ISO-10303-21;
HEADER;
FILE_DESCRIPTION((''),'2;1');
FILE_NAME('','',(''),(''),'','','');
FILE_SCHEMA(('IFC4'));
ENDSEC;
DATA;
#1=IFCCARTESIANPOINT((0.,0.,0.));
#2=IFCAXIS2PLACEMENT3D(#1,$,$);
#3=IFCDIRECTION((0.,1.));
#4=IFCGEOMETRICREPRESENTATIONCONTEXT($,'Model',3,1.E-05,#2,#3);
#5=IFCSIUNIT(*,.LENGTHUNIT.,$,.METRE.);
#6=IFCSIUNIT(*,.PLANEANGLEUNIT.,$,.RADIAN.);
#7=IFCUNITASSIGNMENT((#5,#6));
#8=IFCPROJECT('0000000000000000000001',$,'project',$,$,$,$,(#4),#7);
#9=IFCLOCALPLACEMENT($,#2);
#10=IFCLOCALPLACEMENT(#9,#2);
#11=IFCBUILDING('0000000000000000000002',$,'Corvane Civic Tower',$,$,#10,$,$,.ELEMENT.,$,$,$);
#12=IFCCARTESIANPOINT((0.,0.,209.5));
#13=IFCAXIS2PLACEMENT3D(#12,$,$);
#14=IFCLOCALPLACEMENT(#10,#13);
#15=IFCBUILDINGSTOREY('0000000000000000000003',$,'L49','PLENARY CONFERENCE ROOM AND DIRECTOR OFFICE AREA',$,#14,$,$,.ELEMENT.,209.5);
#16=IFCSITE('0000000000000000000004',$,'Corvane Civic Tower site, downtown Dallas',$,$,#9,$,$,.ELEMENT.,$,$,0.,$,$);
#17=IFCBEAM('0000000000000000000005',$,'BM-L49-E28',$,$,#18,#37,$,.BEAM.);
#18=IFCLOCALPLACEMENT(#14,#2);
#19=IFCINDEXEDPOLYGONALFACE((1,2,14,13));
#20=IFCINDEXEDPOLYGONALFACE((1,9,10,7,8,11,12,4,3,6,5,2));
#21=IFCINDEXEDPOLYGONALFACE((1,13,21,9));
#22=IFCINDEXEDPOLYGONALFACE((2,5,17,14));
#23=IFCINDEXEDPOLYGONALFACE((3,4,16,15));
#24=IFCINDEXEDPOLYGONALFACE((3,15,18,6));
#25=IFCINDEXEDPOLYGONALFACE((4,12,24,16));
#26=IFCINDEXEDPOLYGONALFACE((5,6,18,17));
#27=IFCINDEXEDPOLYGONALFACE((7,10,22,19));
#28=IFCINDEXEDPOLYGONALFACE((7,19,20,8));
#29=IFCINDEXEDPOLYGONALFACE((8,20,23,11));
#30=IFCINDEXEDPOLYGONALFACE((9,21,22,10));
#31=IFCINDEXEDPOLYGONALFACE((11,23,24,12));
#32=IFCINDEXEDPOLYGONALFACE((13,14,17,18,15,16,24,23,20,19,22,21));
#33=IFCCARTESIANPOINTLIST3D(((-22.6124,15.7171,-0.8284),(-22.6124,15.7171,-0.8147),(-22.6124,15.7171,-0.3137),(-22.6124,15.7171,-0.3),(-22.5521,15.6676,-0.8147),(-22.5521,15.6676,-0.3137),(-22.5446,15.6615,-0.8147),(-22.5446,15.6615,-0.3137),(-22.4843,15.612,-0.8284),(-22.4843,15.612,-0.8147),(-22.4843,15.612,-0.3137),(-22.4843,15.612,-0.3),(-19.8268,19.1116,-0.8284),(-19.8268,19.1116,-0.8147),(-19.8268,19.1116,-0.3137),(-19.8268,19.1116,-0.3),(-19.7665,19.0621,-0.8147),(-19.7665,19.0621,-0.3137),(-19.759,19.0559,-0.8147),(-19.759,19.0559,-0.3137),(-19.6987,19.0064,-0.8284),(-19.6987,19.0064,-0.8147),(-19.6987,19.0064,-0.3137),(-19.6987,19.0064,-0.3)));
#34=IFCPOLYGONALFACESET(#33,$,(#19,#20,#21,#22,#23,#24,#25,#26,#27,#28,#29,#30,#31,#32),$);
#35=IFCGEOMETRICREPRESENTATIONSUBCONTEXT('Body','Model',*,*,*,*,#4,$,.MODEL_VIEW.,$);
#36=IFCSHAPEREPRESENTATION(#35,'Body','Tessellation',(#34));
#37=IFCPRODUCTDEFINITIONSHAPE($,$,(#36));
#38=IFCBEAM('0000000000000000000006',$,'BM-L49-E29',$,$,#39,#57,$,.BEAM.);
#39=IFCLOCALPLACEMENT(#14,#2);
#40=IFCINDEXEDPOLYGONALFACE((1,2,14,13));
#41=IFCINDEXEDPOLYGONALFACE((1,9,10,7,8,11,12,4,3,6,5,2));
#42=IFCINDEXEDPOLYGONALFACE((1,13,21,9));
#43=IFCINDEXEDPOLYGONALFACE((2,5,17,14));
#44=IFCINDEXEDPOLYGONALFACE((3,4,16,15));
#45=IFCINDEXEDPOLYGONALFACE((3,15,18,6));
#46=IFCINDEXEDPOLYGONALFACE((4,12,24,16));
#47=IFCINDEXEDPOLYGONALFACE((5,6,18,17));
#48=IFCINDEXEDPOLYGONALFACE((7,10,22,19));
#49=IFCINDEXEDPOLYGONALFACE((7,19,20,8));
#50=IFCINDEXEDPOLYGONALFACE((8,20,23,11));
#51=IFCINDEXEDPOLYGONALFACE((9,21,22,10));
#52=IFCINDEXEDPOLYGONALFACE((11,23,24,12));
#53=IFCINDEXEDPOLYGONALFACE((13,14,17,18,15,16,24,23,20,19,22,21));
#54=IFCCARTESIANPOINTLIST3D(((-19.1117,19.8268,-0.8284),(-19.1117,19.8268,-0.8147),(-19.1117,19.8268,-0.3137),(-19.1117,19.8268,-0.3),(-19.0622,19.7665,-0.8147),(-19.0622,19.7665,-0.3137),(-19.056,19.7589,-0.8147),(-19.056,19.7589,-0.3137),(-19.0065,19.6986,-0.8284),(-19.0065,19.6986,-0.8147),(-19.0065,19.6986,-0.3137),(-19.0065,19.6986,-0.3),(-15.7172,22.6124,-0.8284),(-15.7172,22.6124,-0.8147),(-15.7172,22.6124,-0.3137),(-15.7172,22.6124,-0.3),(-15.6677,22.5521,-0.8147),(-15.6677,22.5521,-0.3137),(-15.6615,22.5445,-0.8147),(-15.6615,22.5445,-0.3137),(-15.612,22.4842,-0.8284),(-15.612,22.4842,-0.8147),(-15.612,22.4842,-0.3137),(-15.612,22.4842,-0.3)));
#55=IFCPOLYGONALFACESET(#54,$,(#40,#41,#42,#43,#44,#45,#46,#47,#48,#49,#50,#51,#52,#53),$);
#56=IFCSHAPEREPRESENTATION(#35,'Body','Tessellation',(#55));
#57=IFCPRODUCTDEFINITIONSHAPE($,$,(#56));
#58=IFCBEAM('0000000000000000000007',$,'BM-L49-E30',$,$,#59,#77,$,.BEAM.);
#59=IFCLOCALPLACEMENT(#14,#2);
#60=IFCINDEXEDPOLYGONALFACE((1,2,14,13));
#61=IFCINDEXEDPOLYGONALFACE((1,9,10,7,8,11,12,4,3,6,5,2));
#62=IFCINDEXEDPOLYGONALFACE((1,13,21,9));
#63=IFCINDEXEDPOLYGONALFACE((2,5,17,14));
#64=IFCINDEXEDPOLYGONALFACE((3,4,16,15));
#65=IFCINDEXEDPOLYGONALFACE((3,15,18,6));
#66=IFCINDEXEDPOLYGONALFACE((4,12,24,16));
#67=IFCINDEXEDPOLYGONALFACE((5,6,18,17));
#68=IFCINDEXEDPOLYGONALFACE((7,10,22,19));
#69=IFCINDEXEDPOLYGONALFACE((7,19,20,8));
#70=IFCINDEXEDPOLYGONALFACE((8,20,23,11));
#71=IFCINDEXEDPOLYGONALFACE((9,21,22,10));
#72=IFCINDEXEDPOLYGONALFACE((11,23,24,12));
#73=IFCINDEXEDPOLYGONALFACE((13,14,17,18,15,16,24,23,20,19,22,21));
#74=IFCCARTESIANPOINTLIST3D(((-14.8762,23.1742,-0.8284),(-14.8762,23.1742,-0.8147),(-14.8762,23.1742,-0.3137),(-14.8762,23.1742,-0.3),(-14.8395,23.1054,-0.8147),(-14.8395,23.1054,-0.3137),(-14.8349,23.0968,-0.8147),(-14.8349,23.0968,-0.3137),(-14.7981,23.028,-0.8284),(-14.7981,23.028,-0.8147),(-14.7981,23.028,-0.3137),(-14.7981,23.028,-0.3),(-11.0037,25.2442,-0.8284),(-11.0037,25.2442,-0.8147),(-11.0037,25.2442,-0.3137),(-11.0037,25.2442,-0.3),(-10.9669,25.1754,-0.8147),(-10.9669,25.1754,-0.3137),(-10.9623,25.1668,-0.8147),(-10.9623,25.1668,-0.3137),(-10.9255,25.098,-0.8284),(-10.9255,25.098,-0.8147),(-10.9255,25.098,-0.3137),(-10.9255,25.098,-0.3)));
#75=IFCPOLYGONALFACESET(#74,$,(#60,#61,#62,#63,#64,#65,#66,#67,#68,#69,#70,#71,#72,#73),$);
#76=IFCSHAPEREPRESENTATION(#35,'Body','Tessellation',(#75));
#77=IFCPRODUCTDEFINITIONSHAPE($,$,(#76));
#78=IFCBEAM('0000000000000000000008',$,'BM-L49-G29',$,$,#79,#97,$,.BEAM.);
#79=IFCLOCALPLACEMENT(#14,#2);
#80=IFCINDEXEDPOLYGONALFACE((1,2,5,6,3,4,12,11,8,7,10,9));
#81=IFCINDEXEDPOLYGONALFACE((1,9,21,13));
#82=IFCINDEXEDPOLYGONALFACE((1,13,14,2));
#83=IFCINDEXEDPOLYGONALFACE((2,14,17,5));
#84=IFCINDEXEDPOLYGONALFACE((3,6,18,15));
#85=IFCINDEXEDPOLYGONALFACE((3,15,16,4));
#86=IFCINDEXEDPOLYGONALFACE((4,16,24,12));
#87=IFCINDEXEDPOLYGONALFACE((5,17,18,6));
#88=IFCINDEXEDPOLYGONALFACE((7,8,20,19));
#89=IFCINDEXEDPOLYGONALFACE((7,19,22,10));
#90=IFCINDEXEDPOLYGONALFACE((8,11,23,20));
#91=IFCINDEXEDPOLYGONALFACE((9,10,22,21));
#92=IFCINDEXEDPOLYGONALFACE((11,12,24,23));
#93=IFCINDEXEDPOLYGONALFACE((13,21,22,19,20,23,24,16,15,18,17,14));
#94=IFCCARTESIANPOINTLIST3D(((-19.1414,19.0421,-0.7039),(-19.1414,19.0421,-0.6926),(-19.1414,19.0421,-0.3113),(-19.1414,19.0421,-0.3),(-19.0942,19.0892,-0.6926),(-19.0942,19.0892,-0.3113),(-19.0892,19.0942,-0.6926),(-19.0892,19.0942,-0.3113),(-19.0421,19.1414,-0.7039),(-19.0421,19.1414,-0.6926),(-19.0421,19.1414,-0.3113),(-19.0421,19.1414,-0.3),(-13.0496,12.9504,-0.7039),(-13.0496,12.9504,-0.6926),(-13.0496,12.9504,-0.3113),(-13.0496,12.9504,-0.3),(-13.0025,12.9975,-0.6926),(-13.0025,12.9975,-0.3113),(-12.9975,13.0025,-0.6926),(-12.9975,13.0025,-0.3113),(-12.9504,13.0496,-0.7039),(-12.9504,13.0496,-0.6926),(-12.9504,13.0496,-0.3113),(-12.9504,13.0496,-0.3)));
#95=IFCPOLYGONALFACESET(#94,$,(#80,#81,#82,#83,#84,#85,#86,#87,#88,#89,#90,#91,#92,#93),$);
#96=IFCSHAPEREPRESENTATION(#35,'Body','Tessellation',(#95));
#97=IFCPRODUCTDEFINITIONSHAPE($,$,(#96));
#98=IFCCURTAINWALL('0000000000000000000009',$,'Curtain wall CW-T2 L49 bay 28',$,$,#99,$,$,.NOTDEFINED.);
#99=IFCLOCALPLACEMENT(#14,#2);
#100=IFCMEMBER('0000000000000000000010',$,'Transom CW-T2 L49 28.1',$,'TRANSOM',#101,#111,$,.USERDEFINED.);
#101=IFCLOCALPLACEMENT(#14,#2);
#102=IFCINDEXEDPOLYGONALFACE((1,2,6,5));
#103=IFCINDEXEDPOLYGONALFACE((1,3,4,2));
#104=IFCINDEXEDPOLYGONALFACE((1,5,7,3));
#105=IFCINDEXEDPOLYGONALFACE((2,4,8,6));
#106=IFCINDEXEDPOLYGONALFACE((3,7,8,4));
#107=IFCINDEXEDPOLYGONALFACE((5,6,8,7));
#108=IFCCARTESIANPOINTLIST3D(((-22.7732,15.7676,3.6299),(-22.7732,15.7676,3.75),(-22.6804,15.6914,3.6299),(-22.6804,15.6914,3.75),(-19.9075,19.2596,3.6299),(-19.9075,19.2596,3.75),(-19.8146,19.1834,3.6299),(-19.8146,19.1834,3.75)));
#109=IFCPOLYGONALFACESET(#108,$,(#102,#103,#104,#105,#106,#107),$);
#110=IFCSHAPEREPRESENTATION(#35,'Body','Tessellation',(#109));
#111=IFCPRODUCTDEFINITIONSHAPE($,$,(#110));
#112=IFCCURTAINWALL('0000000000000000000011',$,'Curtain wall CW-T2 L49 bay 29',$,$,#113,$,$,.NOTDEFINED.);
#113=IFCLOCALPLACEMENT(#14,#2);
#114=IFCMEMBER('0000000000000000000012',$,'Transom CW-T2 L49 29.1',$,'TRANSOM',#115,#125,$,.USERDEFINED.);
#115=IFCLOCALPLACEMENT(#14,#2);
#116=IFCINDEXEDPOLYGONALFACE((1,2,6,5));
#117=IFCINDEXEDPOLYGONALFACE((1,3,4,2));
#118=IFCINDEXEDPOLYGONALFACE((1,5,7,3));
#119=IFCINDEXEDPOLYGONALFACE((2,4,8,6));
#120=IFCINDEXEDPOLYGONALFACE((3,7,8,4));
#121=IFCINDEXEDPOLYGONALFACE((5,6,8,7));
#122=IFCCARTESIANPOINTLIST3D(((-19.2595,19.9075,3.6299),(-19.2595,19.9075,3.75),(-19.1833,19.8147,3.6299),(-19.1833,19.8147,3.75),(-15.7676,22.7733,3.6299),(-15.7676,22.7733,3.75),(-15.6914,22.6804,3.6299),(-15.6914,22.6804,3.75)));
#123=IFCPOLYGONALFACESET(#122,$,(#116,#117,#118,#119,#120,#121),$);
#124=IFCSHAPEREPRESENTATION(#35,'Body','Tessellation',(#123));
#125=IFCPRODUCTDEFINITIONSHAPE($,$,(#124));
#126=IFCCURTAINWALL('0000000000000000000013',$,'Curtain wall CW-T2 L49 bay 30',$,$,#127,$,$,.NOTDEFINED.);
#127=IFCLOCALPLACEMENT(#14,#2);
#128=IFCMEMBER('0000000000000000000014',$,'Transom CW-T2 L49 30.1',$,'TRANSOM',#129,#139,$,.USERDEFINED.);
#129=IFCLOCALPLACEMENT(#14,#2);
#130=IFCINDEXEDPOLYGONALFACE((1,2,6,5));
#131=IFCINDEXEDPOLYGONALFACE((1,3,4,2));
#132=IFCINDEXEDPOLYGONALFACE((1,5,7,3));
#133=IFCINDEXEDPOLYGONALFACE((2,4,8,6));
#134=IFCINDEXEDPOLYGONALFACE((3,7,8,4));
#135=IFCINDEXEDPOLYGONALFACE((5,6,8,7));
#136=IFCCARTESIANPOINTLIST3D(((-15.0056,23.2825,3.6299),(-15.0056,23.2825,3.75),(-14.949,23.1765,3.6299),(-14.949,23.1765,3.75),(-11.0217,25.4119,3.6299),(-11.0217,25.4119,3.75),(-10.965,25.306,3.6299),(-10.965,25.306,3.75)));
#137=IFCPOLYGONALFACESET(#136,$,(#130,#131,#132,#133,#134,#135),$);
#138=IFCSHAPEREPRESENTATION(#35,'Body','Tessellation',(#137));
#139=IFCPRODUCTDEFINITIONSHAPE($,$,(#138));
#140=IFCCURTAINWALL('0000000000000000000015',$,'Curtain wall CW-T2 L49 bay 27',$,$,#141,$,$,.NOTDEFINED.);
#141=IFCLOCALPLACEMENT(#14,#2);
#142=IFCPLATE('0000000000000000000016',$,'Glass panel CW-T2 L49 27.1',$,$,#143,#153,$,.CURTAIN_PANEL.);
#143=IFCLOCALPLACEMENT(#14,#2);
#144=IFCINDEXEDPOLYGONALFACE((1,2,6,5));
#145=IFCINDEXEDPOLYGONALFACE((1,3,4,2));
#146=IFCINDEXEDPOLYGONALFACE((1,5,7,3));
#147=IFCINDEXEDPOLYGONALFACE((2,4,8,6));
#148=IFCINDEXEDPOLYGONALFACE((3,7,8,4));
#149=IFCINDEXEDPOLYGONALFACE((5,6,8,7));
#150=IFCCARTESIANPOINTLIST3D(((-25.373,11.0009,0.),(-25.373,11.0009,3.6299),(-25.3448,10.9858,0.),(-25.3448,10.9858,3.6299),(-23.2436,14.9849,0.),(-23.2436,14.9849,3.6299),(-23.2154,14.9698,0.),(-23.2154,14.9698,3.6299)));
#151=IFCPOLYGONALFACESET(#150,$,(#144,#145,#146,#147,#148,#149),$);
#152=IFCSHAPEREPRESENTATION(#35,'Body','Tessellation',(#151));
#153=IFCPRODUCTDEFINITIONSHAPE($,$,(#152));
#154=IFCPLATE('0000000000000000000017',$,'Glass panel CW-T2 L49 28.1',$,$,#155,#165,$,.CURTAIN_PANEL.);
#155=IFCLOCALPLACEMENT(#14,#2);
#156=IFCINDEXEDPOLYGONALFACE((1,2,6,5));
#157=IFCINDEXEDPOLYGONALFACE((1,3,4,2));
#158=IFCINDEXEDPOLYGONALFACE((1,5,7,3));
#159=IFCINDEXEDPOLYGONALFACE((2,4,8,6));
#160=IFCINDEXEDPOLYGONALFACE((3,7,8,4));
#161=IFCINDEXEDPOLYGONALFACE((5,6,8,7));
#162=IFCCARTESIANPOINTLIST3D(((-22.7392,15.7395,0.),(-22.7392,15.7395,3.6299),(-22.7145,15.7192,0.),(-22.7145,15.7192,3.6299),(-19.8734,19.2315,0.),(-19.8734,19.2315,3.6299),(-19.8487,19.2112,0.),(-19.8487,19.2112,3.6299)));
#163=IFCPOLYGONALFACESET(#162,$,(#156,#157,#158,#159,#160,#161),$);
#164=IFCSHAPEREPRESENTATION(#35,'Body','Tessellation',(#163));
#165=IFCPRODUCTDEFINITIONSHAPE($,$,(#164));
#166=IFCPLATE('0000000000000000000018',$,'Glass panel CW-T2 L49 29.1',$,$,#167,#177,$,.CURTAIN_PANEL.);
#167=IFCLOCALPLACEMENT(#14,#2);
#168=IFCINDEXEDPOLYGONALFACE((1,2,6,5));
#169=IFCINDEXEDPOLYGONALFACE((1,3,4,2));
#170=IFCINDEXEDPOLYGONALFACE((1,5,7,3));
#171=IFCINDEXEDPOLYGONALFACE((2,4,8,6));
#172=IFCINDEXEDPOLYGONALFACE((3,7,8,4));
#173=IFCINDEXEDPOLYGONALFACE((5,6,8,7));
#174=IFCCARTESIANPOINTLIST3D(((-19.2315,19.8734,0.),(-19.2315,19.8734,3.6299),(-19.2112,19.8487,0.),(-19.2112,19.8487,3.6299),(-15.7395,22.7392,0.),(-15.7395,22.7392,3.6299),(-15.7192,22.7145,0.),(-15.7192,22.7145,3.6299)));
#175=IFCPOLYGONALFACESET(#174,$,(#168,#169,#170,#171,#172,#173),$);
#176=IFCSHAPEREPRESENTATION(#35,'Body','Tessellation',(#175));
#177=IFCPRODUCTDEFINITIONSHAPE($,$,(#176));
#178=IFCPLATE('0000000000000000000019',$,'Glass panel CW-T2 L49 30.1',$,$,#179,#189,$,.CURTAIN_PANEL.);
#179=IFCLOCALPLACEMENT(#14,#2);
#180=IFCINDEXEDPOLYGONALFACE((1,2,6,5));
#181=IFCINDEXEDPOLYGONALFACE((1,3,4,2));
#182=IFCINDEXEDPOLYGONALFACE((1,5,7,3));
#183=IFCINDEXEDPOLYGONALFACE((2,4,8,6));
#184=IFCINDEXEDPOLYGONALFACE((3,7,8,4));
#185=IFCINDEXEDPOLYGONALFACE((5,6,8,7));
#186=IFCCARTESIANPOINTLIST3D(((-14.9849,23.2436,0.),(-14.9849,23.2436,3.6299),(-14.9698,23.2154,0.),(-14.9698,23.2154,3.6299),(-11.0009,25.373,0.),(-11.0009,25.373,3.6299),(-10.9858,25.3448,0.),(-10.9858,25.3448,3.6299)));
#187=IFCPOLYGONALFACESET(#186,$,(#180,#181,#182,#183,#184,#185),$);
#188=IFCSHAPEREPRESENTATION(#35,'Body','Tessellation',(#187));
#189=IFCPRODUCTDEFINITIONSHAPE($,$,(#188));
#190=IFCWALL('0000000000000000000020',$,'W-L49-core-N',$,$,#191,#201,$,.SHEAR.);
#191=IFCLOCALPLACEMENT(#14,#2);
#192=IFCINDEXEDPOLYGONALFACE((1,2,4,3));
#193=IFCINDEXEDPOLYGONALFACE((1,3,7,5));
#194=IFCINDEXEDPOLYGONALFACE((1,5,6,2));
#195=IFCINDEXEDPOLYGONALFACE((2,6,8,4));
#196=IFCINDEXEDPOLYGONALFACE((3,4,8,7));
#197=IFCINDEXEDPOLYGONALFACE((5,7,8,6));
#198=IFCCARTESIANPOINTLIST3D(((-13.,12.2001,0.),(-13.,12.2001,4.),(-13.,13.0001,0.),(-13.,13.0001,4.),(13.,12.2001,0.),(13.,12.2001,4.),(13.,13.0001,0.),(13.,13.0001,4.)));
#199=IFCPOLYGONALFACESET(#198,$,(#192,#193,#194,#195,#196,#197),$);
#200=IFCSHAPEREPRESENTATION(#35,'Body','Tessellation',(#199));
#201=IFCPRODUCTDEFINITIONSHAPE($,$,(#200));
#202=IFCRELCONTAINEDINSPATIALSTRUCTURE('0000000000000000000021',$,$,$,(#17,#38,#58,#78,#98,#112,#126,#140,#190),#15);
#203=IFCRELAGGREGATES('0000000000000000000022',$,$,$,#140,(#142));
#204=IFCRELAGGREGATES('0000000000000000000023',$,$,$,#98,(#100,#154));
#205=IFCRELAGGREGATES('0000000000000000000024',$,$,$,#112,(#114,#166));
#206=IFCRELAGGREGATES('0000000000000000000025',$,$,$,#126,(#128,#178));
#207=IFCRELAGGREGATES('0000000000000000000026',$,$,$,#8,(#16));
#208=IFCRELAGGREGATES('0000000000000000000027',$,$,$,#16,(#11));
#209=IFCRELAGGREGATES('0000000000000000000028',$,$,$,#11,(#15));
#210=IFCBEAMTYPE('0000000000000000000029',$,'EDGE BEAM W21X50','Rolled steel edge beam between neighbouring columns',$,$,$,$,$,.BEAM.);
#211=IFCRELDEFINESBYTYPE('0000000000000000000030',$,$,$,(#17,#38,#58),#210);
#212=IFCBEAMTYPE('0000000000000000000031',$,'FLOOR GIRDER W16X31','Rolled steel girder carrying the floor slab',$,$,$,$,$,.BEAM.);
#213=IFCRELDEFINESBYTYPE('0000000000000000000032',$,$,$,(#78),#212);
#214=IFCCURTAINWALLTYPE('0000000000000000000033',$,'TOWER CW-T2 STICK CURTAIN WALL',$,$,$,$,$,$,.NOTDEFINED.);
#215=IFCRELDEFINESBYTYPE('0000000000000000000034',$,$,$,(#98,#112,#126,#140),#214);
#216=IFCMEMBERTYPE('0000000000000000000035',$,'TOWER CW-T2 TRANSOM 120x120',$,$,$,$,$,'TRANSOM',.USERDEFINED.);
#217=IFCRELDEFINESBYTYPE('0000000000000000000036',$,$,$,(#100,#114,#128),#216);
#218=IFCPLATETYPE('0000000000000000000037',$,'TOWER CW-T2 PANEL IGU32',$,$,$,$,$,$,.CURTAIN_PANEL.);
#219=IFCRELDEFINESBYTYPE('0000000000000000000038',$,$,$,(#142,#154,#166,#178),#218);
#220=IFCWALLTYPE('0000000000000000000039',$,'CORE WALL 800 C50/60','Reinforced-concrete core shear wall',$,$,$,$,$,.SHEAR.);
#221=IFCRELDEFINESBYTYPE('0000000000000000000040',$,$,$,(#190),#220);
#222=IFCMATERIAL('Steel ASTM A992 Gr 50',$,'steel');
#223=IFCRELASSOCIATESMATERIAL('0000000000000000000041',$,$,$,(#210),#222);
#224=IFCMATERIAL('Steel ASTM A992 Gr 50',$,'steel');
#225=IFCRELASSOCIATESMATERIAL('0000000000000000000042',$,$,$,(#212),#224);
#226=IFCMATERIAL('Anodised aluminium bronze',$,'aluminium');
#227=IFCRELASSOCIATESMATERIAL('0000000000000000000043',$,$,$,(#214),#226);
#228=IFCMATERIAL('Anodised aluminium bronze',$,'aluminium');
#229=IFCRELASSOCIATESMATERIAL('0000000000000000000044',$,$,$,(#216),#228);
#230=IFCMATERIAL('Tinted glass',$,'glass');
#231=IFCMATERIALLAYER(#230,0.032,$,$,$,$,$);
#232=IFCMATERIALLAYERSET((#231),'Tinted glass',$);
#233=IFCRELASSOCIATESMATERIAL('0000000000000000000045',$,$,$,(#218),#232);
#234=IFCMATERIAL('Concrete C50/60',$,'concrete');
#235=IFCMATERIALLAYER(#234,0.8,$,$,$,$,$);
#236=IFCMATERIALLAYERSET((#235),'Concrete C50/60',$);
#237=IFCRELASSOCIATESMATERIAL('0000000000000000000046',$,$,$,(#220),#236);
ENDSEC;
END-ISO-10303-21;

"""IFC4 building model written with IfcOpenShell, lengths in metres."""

from ifc_helpers import new_model, si_unit, direction, frame, frame_2d, origin, origin_2d, place, context, subcontext, project, spatial, rectangle, i_section, extrude, material, layer, layer_set, material_profile, profile_set, type_object, element, aggregate, save


model = new_model("IFC4")

# Units and contexts
model_context = context("Model", 3, precision=1e-05, world=origin(), true_north=direction((0.0, 1.0)))
body_context = subcontext(model_context, "Body", "Model", "MODEL_VIEW")
ifc_project = project(units=[si_unit("LENGTHUNIT", "METRE"), si_unit("PLANEANGLEUNIT", "RADIAN")], contexts=[model_context])

# Site, building, storey
site_placement = place(None, origin())
site = spatial("IfcSite", under=ifc_project, at=site_placement, Name="Corvane Civic Tower site, downtown Dallas", CompositionType="ELEMENT", RefElevation=0.0)
building_placement = place(site_placement, origin())
building = spatial("IfcBuilding", under=site, at=building_placement, Name="Corvane Civic Tower", CompositionType="ELEMENT")
storey_placement = place(building_placement, frame((0.0, 0.0, 209.5)))
storey = spatial("IfcBuildingStorey", under=building, at=storey_placement, Name="L49", Description="PLENARY CONFERENCE ROOM AND DIRECTOR OFFICE AREA", CompositionType="ELEMENT", Elevation=209.5)

# Beams
ifc_material_1 = material(Name="Steel ASTM A992 Gr 50", Category="steel")
ifc_material_profile_1 = material_profile(ifc_material_1, i_section(OverallWidth=0.1658, OverallDepth=0.5283, WebThickness=0.0098, FlangeThickness=0.0137, at=origin_2d()), Name="W21X50")
ifc_profile_set_1 = profile_set([ifc_material_profile_1], Name="Steel ASTM A992 Gr 50")
beam_type_1 = type_object("IfcBeamType", Name="EDGE BEAM W21X50", Description="Rolled steel edge beam between neighbouring columns", PredefinedType="BEAM", material=ifc_profile_set_1)
for number, where, z_axis, x_axis, name in (
    (1, (-22.5483, 15.6646, -0.5642), (0.634369, 0.77303, 0.0), (-0.77303, 0.634369, 0.0), "BM-L49-E28"),
    (2, (-19.0591, 19.7627, -0.5642), (0.77303, 0.634369, 0.0), (-0.634369, 0.77303, 0.0), "BM-L49-E29"),
    (3, (-14.8372, 23.1011, -0.5642), (0.881908, 0.471422, 0.0), (-0.471422, 0.881908, 0.0), "BM-L49-E30"),
):
    element("IfcBeam", number, at=place(storey_placement, frame(where, z_axis=z_axis, x_axis=x_axis)), inside=storey, type_object=beam_type_1, Name=name, PredefinedType="BEAM", context=body_context, shape_type="SweptSolid", body=[
        extrude(i_section(OverallWidth=0.1658, OverallDepth=0.5283, WebThickness=0.0098, FlangeThickness=0.0137, at=origin_2d()), origin(), (0.0, 0.0, 1.0), 4.3911),
    ])
ifc_material_2 = material(Name="Steel ASTM A992 Gr 50", Category="steel")
ifc_material_profile_2 = material_profile(ifc_material_2, i_section(OverallWidth=0.1404, OverallDepth=0.4038, WebThickness=0.0071, FlangeThickness=0.0112, at=origin_2d()), Name="W16X31")
ifc_profile_set_2 = profile_set([ifc_material_profile_2], Name="Steel ASTM A992 Gr 50")
beam_type_2 = type_object("IfcBeamType", Name="FLOOR GIRDER W16X31", Description="Rolled steel girder carrying the floor slab", PredefinedType="BEAM", material=ifc_profile_set_2)
beam_placement = place(storey_placement, frame((-13.0, 13.0, -0.502), z_axis=(-0.707107, 0.707107, 0.0), x_axis=(-0.707107, -0.707107, 0.0)))
element("IfcBeam", 4, at=beam_placement, inside=storey, type_object=beam_type_2, Name="BM-L49-G29", PredefinedType="BEAM", context=body_context, shape_type="SweptSolid", body=[
    extrude(i_section(OverallWidth=0.1404, OverallDepth=0.4038, WebThickness=0.0071, FlangeThickness=0.0112, at=origin_2d()), origin(), (0.0, 0.0, 1.0), 8.615),
])

# Curtain walls, members
ifc_material_3 = material(Name="Anodised aluminium bronze", Category="aluminium")
curtain_wall_type = type_object("IfcCurtainWallType", Name="TOWER CW-T2 STICK CURTAIN WALL", PredefinedType="NOTDEFINED", material=ifc_material_3)
curtain_wall_1_placement = place(storey_placement, origin())
curtain_wall_1 = element("IfcCurtainWall", 5, at=curtain_wall_1_placement, inside=storey, type_object=curtain_wall_type, Name="Curtain wall CW-T2 L49 bay 28", PredefinedType="NOTDEFINED")
ifc_material_4 = material(Name="Anodised aluminium bronze", Category="aluminium")
ifc_material_profile_3 = material_profile(ifc_material_4, rectangle(XDim=0.1201, YDim=0.1201, at=origin_2d()), Name="TOWER CW-T2 TRANSOM 120x120")
ifc_profile_set_3 = profile_set([ifc_material_profile_3], Name="Anodised aluminium bronze")
member_type = type_object("IfcMemberType", Name="TOWER CW-T2 TRANSOM 120x120", ElementType="TRANSOM", PredefinedType="USERDEFINED", material=ifc_profile_set_3)
member_1_placement = place(storey_placement, frame((-22.7268, 15.7295, 3.6899), z_axis=(0.634388, 0.773015, 0.0), x_axis=(-0.773015, 0.634388, 0.0)))
member_1 = element("IfcMember", 6, at=member_1_placement, type_object=member_type, Name="Transom CW-T2 L49 28.1", ObjectType="TRANSOM", PredefinedType="USERDEFINED", context=body_context, shape_type="SweptSolid", body=[
    extrude(rectangle(XDim=0.1201, YDim=0.1201, at=origin_2d()), origin(), (0.0, 0.0, 1.0), 4.5173),
])
curtain_wall_2_placement = place(storey_placement, origin())
curtain_wall_2 = element("IfcCurtainWall", 7, at=curtain_wall_2_placement, inside=storey, type_object=curtain_wall_type, Name="Curtain wall CW-T2 L49 bay 29", PredefinedType="NOTDEFINED")
member_2_placement = place(storey_placement, frame((-19.2214, 19.8611, 3.6899), z_axis=(0.773015, 0.634388, 0.0), x_axis=(-0.634388, 0.773015, 0.0)))
member_2 = element("IfcMember", 8, at=member_2_placement, type_object=member_type, Name="Transom CW-T2 L49 29.1", ObjectType="TRANSOM", PredefinedType="USERDEFINED", context=body_context, shape_type="SweptSolid", body=[
    extrude(rectangle(XDim=0.1201, YDim=0.1201, at=origin_2d()), origin(), (0.0, 0.0, 1.0), 4.5173),
])
curtain_wall_3_placement = place(storey_placement, origin())
curtain_wall_3 = element("IfcCurtainWall", 9, at=curtain_wall_3_placement, inside=storey, type_object=curtain_wall_type, Name="Curtain wall CW-T2 L49 bay 30", PredefinedType="NOTDEFINED")
member_3_placement = place(storey_placement, frame((-14.9773, 23.2295, 3.6899), z_axis=(0.881925, 0.47139, 0.0), x_axis=(-0.47139, 0.881925, 0.0)))
member_3 = element("IfcMember", 10, at=member_3_placement, type_object=member_type, Name="Transom CW-T2 L49 30.1", ObjectType="TRANSOM", PredefinedType="USERDEFINED", context=body_context, shape_type="SweptSolid", body=[
    extrude(rectangle(XDim=0.1201, YDim=0.1201, at=origin_2d()), origin(), (0.0, 0.0, 1.0), 4.5173),
])

# Curtain wall, plate
curtain_wall_4_placement = place(storey_placement, origin())
curtain_wall_4 = element("IfcCurtainWall", 11, at=curtain_wall_4_placement, inside=storey, type_object=curtain_wall_type, Name="Curtain wall CW-T2 L49 bay 27", PredefinedType="NOTDEFINED")
ifc_material_5 = material(Name="Tinted glass", Category="glass")
ifc_layer_1 = layer(ifc_material_5, 0.032)
ifc_layer_set_1 = layer_set([ifc_layer_1], Name="Tinted glass")
plate_type = type_object("IfcPlateType", Name="TOWER CW-T2 PANEL IGU32", PredefinedType="CURTAIN_PANEL", material=ifc_layer_set_1)
plate_1_placement = place(storey_placement, frame((-24.2942, 12.9854, 0.0), z_axis=(0.0, 0.0, 1.0), x_axis=(0.471398, 0.88192, 0.0)))
plate_1 = element("IfcPlate", 12, at=plate_1_placement, type_object=plate_type, Name="Glass panel CW-T2 L49 27.1", PredefinedType="CURTAIN_PANEL", context=body_context, shape_type="SweptSolid", body=[
    extrude(rectangle(XDim=4.5173, YDim=0.032, at=origin_2d()), origin(), (0.0, 0.0, 1.0), 3.6299),
])
aggregate(curtain_wall_4, [plate_1])

# Plates
plate_2_placement = place(storey_placement, frame((-21.2939, 17.4753, 0.0), z_axis=(0.0, 0.0, 1.0), x_axis=(0.634391, 0.773012, 0.0)))
plate_2 = element("IfcPlate", 13, at=plate_2_placement, type_object=plate_type, Name="Glass panel CW-T2 L49 28.1", PredefinedType="CURTAIN_PANEL", context=body_context, shape_type="SweptSolid", body=[
    extrude(rectangle(XDim=4.5173, YDim=0.032, at=origin_2d()), origin(), (0.0, 0.0, 1.0), 3.6299),
])
aggregate(curtain_wall_1, [member_1, plate_2])
plate_3_placement = place(storey_placement, frame((-17.4753, 21.2939, 0.0), z_axis=(0.0, 0.0, 1.0), x_axis=(0.773012, 0.634391, 0.0)))
plate_3 = element("IfcPlate", 14, at=plate_3_placement, type_object=plate_type, Name="Glass panel CW-T2 L49 29.1", PredefinedType="CURTAIN_PANEL", context=body_context, shape_type="SweptSolid", body=[
    extrude(rectangle(XDim=4.5173, YDim=0.032, at=origin_2d()), origin(), (0.0, 0.0, 1.0), 3.6299),
])
aggregate(curtain_wall_2, [member_2, plate_3])
plate_4_placement = place(storey_placement, frame((-12.9854, 24.2942, 0.0), z_axis=(0.0, 0.0, 1.0), x_axis=(0.88192, 0.471398, 0.0)))
plate_4 = element("IfcPlate", 15, at=plate_4_placement, type_object=plate_type, Name="Glass panel CW-T2 L49 30.1", PredefinedType="CURTAIN_PANEL", context=body_context, shape_type="SweptSolid", body=[
    extrude(rectangle(XDim=4.5173, YDim=0.032, at=origin_2d()), origin(), (0.0, 0.0, 1.0), 3.6299),
])
aggregate(curtain_wall_3, [member_3, plate_4])

# Wall
ifc_material_6 = material(Name="Concrete C50/60", Category="concrete")
ifc_layer_2 = layer(ifc_material_6, 0.8)
ifc_layer_set_2 = layer_set([ifc_layer_2], Name="Concrete C50/60")
wall_type_1 = type_object("IfcWallType", Name="CORE WALL 800 C50/60", Description="Reinforced-concrete core shear wall", PredefinedType="SHEAR", material=ifc_layer_set_2)
wall_1_placement = place(storey_placement, frame((-13.0, 12.6001, 0.0), z_axis=(0.0, 0.0, 1.0), x_axis=(1.0, 0.0, 0.0)))
element("IfcWall", 16, at=wall_1_placement, inside=storey, type_object=wall_type_1, Name="W-L49-core-N", PredefinedType="SHEAR", context=body_context, shape_type="SweptSolid", body=[
    extrude(rectangle(XDim=26.0, YDim=0.8, at=frame_2d((13.0, 0.0))), origin(), (0.0, 0.0, 1.0), 4.0),
])

save(model, "model.ifc")
